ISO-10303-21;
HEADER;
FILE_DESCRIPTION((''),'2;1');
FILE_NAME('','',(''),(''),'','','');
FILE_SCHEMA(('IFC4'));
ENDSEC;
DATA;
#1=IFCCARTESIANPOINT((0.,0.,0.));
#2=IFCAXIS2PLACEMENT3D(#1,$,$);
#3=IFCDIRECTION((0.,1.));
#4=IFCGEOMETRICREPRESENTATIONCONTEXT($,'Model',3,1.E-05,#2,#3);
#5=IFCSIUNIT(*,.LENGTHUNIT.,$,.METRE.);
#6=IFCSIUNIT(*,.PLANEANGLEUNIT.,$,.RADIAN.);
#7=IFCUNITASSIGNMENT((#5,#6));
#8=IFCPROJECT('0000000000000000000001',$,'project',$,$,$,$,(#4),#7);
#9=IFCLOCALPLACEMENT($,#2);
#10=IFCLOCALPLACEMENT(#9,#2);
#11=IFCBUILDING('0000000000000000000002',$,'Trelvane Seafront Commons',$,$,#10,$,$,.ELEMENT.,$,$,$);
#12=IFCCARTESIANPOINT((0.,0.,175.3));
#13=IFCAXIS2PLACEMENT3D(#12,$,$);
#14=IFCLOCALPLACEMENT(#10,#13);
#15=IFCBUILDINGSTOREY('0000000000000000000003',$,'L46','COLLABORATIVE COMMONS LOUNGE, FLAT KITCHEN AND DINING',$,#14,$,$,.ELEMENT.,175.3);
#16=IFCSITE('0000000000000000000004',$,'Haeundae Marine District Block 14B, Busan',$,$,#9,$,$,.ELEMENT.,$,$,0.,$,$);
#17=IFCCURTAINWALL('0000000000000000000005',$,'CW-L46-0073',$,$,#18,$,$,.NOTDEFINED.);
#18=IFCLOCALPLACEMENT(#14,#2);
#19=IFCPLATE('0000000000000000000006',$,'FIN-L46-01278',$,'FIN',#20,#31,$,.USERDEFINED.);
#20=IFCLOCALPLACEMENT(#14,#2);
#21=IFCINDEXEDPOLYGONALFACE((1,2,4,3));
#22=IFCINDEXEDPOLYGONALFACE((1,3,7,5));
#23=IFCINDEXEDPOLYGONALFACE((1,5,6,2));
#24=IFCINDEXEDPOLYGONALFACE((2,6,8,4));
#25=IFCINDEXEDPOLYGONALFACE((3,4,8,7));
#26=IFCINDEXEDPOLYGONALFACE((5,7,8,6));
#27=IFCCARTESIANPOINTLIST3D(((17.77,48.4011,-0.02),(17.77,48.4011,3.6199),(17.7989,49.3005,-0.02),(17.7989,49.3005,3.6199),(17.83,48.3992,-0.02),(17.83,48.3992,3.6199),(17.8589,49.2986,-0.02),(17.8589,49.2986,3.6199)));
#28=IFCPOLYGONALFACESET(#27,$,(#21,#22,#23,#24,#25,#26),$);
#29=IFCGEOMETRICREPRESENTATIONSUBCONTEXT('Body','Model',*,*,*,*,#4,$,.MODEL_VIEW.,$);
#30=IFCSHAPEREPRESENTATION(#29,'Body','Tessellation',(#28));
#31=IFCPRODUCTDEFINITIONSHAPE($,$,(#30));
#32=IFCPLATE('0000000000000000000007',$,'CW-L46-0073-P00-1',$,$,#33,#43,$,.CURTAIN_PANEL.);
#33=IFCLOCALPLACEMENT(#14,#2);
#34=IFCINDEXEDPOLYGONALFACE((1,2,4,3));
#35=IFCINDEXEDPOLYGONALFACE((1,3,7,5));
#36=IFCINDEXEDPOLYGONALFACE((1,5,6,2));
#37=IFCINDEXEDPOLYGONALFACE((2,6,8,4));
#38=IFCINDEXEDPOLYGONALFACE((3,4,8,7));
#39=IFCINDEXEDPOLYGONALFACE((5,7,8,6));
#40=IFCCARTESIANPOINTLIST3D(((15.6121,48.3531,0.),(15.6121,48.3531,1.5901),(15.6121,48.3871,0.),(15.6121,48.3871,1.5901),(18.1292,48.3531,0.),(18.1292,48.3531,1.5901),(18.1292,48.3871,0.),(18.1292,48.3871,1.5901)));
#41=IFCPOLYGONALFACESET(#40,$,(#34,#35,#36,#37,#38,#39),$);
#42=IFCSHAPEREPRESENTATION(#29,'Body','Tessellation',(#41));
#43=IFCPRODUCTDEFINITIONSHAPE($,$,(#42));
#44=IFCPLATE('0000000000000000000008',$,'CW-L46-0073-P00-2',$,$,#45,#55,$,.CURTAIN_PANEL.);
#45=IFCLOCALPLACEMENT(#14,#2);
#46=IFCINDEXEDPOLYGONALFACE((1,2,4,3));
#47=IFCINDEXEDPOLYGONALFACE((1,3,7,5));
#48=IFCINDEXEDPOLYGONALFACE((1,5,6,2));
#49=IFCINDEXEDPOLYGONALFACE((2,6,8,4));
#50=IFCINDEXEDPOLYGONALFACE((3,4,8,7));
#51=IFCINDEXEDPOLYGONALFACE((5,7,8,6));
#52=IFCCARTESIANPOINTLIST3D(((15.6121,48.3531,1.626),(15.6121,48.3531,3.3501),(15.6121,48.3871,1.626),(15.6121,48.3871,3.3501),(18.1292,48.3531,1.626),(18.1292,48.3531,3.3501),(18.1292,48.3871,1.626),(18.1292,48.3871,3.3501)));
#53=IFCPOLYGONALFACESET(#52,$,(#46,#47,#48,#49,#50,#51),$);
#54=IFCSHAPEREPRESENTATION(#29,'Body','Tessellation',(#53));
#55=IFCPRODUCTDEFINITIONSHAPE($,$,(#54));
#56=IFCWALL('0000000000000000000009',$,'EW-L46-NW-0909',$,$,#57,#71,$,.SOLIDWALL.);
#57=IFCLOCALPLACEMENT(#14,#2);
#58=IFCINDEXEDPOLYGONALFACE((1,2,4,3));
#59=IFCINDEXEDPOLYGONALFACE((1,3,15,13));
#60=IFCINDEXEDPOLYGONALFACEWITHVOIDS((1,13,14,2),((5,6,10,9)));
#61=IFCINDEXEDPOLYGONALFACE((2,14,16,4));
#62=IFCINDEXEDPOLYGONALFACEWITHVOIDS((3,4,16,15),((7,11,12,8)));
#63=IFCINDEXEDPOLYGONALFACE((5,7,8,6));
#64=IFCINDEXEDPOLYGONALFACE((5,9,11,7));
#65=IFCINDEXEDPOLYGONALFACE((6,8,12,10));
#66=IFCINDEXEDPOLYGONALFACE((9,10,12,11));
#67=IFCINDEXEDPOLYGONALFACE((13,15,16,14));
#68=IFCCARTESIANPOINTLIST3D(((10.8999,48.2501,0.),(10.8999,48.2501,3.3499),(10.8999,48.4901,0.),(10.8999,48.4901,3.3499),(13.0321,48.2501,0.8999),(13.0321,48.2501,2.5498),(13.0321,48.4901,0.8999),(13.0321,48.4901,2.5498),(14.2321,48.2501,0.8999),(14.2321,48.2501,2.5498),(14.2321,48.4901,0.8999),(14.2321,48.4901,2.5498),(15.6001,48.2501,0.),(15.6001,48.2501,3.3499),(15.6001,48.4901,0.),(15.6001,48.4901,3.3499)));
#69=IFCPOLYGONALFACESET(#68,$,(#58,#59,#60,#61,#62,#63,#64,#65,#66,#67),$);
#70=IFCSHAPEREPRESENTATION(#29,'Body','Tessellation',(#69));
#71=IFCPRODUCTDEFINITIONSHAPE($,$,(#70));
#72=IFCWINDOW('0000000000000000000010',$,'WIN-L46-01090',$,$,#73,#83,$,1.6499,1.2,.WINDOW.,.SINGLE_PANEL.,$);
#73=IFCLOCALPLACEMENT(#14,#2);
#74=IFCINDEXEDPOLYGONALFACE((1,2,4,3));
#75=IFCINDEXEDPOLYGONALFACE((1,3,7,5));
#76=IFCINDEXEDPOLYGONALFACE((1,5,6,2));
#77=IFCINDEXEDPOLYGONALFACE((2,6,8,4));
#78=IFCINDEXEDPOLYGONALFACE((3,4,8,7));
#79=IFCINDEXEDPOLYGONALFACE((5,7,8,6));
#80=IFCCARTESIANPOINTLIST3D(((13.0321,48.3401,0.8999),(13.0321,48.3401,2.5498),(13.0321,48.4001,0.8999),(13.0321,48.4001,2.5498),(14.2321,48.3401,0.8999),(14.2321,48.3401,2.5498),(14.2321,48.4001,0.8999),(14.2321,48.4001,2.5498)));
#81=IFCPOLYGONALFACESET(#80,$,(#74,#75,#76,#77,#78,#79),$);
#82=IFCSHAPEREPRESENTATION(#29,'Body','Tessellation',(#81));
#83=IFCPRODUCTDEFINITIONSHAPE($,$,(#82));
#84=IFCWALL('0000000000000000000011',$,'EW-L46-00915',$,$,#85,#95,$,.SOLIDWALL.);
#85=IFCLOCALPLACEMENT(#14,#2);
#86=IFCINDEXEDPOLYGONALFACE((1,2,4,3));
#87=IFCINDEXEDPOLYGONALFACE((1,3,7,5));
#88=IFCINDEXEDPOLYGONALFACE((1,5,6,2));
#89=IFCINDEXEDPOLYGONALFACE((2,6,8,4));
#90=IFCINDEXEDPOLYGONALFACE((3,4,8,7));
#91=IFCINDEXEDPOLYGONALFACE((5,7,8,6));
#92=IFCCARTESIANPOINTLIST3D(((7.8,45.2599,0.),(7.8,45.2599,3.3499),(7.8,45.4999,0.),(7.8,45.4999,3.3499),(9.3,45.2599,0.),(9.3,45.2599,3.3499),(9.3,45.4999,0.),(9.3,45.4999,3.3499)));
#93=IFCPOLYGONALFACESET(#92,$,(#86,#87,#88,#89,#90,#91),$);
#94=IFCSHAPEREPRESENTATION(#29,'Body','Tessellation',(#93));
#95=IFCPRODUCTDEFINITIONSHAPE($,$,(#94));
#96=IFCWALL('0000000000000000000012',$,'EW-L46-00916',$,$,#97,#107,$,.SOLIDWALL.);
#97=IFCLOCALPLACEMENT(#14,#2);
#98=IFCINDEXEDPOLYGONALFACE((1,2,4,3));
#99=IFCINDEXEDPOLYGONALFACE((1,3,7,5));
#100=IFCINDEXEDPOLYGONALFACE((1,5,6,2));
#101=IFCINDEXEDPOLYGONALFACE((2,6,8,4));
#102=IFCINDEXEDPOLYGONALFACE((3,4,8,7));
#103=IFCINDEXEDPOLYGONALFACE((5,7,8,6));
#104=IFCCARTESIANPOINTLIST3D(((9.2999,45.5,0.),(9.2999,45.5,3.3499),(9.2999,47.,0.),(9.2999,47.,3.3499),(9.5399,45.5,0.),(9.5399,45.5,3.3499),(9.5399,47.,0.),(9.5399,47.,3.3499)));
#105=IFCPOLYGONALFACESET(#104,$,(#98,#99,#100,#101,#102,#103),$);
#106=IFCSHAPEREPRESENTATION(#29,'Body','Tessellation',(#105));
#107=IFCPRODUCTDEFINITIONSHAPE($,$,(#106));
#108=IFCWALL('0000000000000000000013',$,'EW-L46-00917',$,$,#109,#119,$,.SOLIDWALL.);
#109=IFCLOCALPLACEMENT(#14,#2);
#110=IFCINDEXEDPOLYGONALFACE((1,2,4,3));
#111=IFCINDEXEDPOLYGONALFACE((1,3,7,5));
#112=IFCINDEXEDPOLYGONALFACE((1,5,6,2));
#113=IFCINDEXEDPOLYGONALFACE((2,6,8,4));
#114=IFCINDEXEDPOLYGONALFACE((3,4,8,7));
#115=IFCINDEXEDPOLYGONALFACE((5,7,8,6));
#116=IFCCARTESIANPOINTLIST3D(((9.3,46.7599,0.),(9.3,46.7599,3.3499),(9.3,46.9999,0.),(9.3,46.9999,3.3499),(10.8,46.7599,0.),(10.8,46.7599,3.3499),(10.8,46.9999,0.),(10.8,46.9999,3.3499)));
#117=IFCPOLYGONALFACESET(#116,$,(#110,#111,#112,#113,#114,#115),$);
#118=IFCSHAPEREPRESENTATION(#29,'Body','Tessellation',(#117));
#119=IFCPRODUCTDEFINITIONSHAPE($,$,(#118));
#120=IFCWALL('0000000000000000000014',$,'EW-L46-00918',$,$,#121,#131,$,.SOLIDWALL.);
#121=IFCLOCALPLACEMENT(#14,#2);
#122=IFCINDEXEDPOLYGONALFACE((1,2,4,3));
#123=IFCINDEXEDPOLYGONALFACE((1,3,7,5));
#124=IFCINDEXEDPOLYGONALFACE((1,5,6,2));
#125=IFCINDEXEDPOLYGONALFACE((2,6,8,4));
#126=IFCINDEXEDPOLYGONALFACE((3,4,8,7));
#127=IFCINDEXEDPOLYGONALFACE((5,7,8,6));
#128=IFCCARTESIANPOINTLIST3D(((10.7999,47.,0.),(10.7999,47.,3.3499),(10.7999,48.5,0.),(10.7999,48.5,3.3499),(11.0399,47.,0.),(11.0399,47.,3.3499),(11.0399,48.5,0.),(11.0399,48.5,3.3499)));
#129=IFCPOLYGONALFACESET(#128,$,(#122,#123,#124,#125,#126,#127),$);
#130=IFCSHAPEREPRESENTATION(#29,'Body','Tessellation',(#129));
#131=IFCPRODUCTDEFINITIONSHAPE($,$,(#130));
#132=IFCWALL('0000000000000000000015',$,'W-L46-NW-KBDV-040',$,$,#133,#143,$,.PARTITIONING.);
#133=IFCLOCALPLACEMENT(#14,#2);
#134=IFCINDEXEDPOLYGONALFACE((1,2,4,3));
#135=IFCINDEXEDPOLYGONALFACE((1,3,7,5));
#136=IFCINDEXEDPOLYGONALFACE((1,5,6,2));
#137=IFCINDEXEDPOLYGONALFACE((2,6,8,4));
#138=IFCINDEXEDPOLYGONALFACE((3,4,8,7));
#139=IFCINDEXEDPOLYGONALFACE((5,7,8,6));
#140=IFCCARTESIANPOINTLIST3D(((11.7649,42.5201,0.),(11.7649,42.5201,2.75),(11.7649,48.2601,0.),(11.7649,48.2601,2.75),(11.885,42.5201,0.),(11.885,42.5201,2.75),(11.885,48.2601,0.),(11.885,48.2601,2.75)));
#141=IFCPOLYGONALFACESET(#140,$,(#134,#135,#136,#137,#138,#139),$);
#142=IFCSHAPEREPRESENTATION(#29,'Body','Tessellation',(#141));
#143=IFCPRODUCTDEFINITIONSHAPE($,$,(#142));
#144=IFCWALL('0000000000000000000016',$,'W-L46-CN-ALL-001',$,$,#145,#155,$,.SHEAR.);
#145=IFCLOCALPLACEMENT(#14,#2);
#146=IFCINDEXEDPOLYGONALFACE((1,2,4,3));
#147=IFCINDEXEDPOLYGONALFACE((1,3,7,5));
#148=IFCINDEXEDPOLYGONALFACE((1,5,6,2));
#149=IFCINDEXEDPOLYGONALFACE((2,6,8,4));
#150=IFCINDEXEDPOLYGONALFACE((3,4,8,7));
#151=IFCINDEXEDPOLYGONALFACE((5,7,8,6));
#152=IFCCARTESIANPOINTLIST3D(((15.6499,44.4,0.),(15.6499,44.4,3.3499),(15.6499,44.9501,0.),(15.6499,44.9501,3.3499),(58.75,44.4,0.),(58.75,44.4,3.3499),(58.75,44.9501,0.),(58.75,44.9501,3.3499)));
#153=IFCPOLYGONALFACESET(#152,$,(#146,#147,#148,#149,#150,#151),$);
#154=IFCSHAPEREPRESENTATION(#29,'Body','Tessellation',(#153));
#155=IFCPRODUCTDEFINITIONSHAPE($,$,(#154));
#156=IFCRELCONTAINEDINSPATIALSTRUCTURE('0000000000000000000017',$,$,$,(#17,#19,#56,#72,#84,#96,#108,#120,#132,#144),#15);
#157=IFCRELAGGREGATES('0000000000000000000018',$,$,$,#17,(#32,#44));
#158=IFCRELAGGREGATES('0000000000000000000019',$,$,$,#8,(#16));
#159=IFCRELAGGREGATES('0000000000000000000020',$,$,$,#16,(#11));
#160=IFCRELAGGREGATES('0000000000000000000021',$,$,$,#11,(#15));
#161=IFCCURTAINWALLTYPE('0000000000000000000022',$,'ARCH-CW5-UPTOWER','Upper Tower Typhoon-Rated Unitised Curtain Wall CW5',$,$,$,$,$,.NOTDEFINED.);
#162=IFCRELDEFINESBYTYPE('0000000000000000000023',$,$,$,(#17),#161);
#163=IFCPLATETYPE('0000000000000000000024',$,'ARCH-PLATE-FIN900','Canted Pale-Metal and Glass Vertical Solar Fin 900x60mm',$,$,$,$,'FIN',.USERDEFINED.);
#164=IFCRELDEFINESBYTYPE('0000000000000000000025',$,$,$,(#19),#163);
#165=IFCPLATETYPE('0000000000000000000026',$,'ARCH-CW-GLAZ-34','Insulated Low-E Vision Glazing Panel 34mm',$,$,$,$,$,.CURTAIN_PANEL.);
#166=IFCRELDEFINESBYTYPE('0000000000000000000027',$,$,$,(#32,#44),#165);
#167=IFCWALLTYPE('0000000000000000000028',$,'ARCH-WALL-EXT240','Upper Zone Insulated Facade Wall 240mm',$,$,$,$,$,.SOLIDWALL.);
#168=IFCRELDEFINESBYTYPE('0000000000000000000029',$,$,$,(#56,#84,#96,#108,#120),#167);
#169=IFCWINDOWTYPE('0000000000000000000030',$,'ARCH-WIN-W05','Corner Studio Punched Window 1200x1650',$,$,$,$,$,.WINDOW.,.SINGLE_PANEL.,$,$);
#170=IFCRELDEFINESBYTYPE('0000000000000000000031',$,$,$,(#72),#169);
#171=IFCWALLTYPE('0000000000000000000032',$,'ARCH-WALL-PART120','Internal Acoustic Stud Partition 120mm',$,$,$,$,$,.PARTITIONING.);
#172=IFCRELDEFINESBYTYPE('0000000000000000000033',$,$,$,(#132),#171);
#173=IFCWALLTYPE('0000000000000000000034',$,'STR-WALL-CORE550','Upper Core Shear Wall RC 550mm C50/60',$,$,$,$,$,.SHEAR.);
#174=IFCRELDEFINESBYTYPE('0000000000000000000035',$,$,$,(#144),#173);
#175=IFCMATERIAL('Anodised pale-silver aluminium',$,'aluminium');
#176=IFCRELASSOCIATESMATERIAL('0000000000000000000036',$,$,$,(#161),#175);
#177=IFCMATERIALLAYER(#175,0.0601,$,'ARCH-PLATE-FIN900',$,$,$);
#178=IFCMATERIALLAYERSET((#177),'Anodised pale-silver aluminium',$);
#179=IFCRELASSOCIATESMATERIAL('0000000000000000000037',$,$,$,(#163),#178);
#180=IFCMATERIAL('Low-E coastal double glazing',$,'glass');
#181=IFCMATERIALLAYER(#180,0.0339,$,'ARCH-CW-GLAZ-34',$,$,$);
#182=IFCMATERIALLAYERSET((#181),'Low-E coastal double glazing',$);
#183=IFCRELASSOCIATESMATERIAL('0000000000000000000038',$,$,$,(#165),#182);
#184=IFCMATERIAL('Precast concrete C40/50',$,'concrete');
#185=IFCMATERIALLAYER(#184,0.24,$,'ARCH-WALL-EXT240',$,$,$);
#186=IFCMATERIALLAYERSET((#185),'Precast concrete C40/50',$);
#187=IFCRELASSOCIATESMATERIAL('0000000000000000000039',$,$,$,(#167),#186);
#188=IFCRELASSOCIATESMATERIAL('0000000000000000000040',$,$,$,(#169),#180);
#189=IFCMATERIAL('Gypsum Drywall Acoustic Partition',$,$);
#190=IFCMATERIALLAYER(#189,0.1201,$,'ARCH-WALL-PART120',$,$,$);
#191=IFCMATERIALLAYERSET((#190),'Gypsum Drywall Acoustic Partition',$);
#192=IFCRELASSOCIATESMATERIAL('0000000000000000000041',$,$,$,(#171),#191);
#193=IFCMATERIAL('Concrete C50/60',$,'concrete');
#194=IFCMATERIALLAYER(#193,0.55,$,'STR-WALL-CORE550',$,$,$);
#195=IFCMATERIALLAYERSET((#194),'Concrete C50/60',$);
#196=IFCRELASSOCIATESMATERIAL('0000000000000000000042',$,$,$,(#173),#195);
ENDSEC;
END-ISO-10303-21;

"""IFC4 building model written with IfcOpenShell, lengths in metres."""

from ifc_helpers import new_model, si_unit, direction, frame, frame_2d, origin, origin_2d, place, context, subcontext, project, spatial, rectangle, extrude, source, transform, mapped, material, layer, layer_set, type_object, element, fill, aggregate, save


model = new_model("IFC4")

# Units and contexts
model_context = context("Model", 3, precision=1e-05, world=origin(), true_north=direction((0.0, 1.0)))
body_context = subcontext(model_context, "Body", "Model", "MODEL_VIEW")
ifc_project = project(units=[si_unit("LENGTHUNIT", "METRE"), si_unit("PLANEANGLEUNIT", "RADIAN")], contexts=[model_context])

# Site, building, storey
site_placement = place(None, origin())
site = spatial("IfcSite", under=ifc_project, at=site_placement, Name="Haeundae Marine District Block 14B, Busan", CompositionType="ELEMENT", RefElevation=0.0)
building_placement = place(site_placement, origin())
building = spatial("IfcBuilding", under=site, at=building_placement, Name="Trelvane Seafront Commons", CompositionType="ELEMENT")
storey_placement = place(building_placement, frame((0.0, 0.0, 175.3)))
storey = spatial("IfcBuildingStorey", under=building, at=storey_placement, Name="L46", Description="COLLABORATIVE COMMONS LOUNGE, FLAT KITCHEN AND DINING", CompositionType="ELEMENT", Elevation=175.3)

# Shared definitions
ifc_material_1 = material(Name="Concrete C50/60", Category="concrete")

# Curtain wall
ifc_material_2 = material(Name="Anodised pale-silver aluminium", Category="aluminium")
curtain_wall_type = type_object("IfcCurtainWallType", Name="ARCH-CW5-UPTOWER", Description="Upper Tower Typhoon-Rated Unitised Curtain Wall CW5", PredefinedType="NOTDEFINED", material=ifc_material_2)
curtain_wall_placement = place(storey_placement, origin())
curtain_wall = element("IfcCurtainWall", 1, at=curtain_wall_placement, inside=storey, type_object=curtain_wall_type, Name="CW-L46-0073", PredefinedType="NOTDEFINED")

# Plate
ifc_layer_1 = layer(ifc_material_2, 0.0601, Name="ARCH-PLATE-FIN900")
ifc_layer_set_1 = layer_set([ifc_layer_1], Name="Anodised pale-silver aluminium")
plate_type_1 = type_object("IfcPlateType", Name="ARCH-PLATE-FIN900", Description="Canted Pale-Metal and Glass Vertical Solar Fin 900x60mm", ElementType="FIN", PredefinedType="USERDEFINED", material=ifc_layer_set_1)
shared_shape_1 = source(origin(), body_context, "Body", "SweptSolid", [
    extrude(rectangle(XDim=0.8999, YDim=0.0601, at=origin_2d()), origin(), (0.0, 0.0, 1.0), 3.6399),
])
for number, where, z_axis, x_axis, name in (
    (2, (17.8145, 48.8499, -0.02), (0.0, 0.0, 1.0), (0.032112, 0.999484, 0.0), "FIN-L46-01278"),
):
    element("IfcPlate", number, at=place(storey_placement, frame(where, z_axis=z_axis, x_axis=x_axis)), inside=storey, type_object=plate_type_1, Name=name, ObjectType="FIN", PredefinedType="USERDEFINED", context=body_context, shape_type="MappedRepresentation", body=[
        mapped(shared_shape_1, transform((0.0, 0.0, 0.0), x_axis=(1.0, 0.0, 0.0), y_axis=(0.0, 1.0, 0.0), z_axis=(0.0, 0.0, 1.0), scale=1.0)),
    ])

# Plates
ifc_material_3 = material(Name="Low-E coastal double glazing", Category="glass")
ifc_layer_2 = layer(ifc_material_3, 0.0339, Name="ARCH-CW-GLAZ-34")
ifc_layer_set_2 = layer_set([ifc_layer_2], Name="Low-E coastal double glazing")
plate_type_2 = type_object("IfcPlateType", Name="ARCH-CW-GLAZ-34", Description="Insulated Low-E Vision Glazing Panel 34mm", PredefinedType="CURTAIN_PANEL", material=ifc_layer_set_2)
shared_shape_2 = source(origin(), body_context, "Body", "SweptSolid", [
    extrude(rectangle(XDim=2.5171, YDim=0.0339, at=origin_2d()), origin(), (0.0, 0.0, 1.0), 1.5901),
])
plate_1_placement = place(storey_placement, frame((16.8706, 48.3701, 0.0), z_axis=(0.0, 0.0, 1.0), x_axis=(1.0, 0.0, 0.0)))
plate_1 = element("IfcPlate", 3, at=plate_1_placement, type_object=plate_type_2, Name="CW-L46-0073-P00-1", PredefinedType="CURTAIN_PANEL", context=body_context, shape_type="MappedRepresentation", body=[
    mapped(shared_shape_2, transform((0.0, 0.0, 0.0), x_axis=(1.0, 0.0, 0.0), y_axis=(0.0, 1.0, 0.0), z_axis=(0.0, 0.0, 1.0), scale=1.0)),
])
shared_shape_3 = source(origin(), body_context, "Body", "SweptSolid", [
    extrude(rectangle(XDim=2.5171, YDim=0.0339, at=origin_2d()), origin(), (0.0, 0.0, 1.0), 1.7241),
])
plate_2_placement = place(storey_placement, frame((16.8706, 48.3701, 1.626), z_axis=(0.0, 0.0, 1.0), x_axis=(1.0, 0.0, 0.0)))
plate_2 = element("IfcPlate", 4, at=plate_2_placement, type_object=plate_type_2, Name="CW-L46-0073-P00-2", PredefinedType="CURTAIN_PANEL", context=body_context, shape_type="MappedRepresentation", body=[
    mapped(shared_shape_3, transform((0.0, 0.0, 0.0), x_axis=(1.0, 0.0, 0.0), y_axis=(0.0, 1.0, 0.0), z_axis=(0.0, 0.0, 1.0), scale=1.0)),
])
aggregate(curtain_wall, [plate_1, plate_2])

# Wall, opening, window
ifc_material_4 = material(Name="Precast concrete C40/50", Category="concrete")
ifc_layer_3 = layer(ifc_material_4, 0.24, Name="ARCH-WALL-EXT240")
ifc_layer_set_3 = layer_set([ifc_layer_3], Name="Precast concrete C40/50")
wall_type_1 = type_object("IfcWallType", Name="ARCH-WALL-EXT240", Description="Upper Zone Insulated Facade Wall 240mm", PredefinedType="SOLIDWALL", material=ifc_layer_set_3)
wall_1_placement = place(storey_placement, frame((10.8999, 48.3701, 0.0), z_axis=(0.0, 0.0, 1.0), x_axis=(1.0, 0.0, 0.0)))
wall_1 = element("IfcWall", 5, at=wall_1_placement, inside=storey, type_object=wall_type_1, Name="EW-L46-NW-0909", PredefinedType="SOLIDWALL", context=body_context, shape_type="SweptSolid", body=[
    extrude(rectangle(XDim=4.7002, YDim=0.24, at=frame_2d((2.3501, 0.0))), origin(), (0.0, 0.0, 1.0), 3.3499),
])
opening_1_placement = place(wall_1_placement, frame((2.1321, 0.0, 0.8999)))
opening_1 = element("IfcOpeningElement", 6, at=opening_1_placement, cuts=wall_1, PredefinedType="OPENING", context=body_context, shape_type="SweptSolid", body=[
    extrude(rectangle(XDim=1.2, YDim=1.6499, at=frame_2d((0.6001, 0.825))), frame((0.0, 0.1299, 0.0), z_axis=(0.0, -1.0, 0.0), x_axis=(1.0, 0.0, 0.0)), (0.0, 0.0, 1.0), 0.26),
])
window_type = type_object("IfcWindowType", Name="ARCH-WIN-W05", Description="Corner Studio Punched Window 1200x1650", PartitioningType="SINGLE_PANEL", PredefinedType="WINDOW", material=ifc_material_3)
shared_shape_4 = source(origin(), body_context, "Body", "SweptSolid", [
    extrude(rectangle(XDim=1.2, YDim=1.6499, at=frame_2d((0.6001, 0.825))), frame((0.0, 0.03, 0.0), z_axis=(0.0, -1.0, 0.0), x_axis=(1.0, 0.0, 0.0)), (0.0, 0.0, 1.0), 0.0601),
])
window_placement = place(opening_1_placement, origin())
window = element("IfcWindow", 7, at=window_placement, inside=storey, type_object=window_type, Name="WIN-L46-01090", OverallHeight=1.6499, OverallWidth=1.2, PartitioningType="SINGLE_PANEL", PredefinedType="WINDOW", context=body_context, shape_type="MappedRepresentation", body=[
    mapped(shared_shape_4, transform((0.0, 0.0, 0.0), x_axis=(1.0, 0.0, 0.0), y_axis=(0.0, 1.0, 0.0), z_axis=(0.0, 0.0, 1.0), scale=1.0)),
])
fill(opening_1, window)

# Walls
for number, where, z_axis, x_axis, name in (
    (8, (7.8, 45.3799, 0.0), (0.0, 0.0, 1.0), (1.0, 0.0, 0.0), "EW-L46-00915"),
    (9, (9.4199, 45.5, 0.0), (0.0, 0.0, 1.0), (0.0, 1.0, 0.0), "EW-L46-00916"),
    (10, (9.3, 46.8799, 0.0), (0.0, 0.0, 1.0), (1.0, 0.0, 0.0), "EW-L46-00917"),
    (11, (10.9199, 47.0, 0.0), (0.0, 0.0, 1.0), (0.0, 1.0, 0.0), "EW-L46-00918"),
):
    element("IfcWall", number, at=place(storey_placement, frame(where, z_axis=z_axis, x_axis=x_axis)), inside=storey, type_object=wall_type_1, Name=name, PredefinedType="SOLIDWALL", context=body_context, shape_type="SweptSolid", body=[
        extrude(rectangle(XDim=1.5, YDim=0.24, at=frame_2d((0.75, 0.0))), origin(), (0.0, 0.0, 1.0), 3.3499),
    ])

# Shared definitions
ifc_material_5 = material(Name="Gypsum Drywall Acoustic Partition")
ifc_layer_4 = layer(ifc_material_5, 0.1201, Name="ARCH-WALL-PART120")
ifc_layer_set_4 = layer_set([ifc_layer_4], Name="Gypsum Drywall Acoustic Partition")
wall_type_2 = type_object("IfcWallType", Name="ARCH-WALL-PART120", Description="Internal Acoustic Stud Partition 120mm", PredefinedType="PARTITIONING", material=ifc_layer_set_4)

# Wall
wall_2_placement = place(storey_placement, frame((11.825, 42.52, 0.0), z_axis=(0.0, 0.0, 1.0), x_axis=(0.0, 1.0, 0.0)))
element("IfcWall", 12, at=wall_2_placement, inside=storey, type_object=wall_type_2, Name="W-L46-NW-KBDV-040", PredefinedType="PARTITIONING", context=body_context, shape_type="SweptSolid", body=[
    extrude(rectangle(XDim=5.74, YDim=0.1201, at=frame_2d((2.8701, 0.0))), origin(), (0.0, 0.0, 1.0), 2.75),
])

# Wall
ifc_layer_5 = layer(ifc_material_1, 0.55, Name="STR-WALL-CORE550")
ifc_layer_set_5 = layer_set([ifc_layer_5], Name="Concrete C50/60")
wall_type_3 = type_object("IfcWallType", Name="STR-WALL-CORE550", Description="Upper Core Shear Wall RC 550mm C50/60", PredefinedType="SHEAR", material=ifc_layer_set_5)
wall_3_placement = place(storey_placement, frame((15.6499, 44.675, 0.0), z_axis=(0.0, 0.0, 1.0), x_axis=(1.0, 0.0, 0.0)))
element("IfcWall", 13, at=wall_3_placement, inside=storey, type_object=wall_type_3, Name="W-L46-CN-ALL-001", PredefinedType="SHEAR", context=body_context, shape_type="SweptSolid", body=[
    extrude(rectangle(XDim=43.1001, YDim=0.55, at=frame_2d((21.55, 0.0))), origin(), (0.0, 0.0, 1.0), 3.3499),
])

save(model, "model.ifc")
